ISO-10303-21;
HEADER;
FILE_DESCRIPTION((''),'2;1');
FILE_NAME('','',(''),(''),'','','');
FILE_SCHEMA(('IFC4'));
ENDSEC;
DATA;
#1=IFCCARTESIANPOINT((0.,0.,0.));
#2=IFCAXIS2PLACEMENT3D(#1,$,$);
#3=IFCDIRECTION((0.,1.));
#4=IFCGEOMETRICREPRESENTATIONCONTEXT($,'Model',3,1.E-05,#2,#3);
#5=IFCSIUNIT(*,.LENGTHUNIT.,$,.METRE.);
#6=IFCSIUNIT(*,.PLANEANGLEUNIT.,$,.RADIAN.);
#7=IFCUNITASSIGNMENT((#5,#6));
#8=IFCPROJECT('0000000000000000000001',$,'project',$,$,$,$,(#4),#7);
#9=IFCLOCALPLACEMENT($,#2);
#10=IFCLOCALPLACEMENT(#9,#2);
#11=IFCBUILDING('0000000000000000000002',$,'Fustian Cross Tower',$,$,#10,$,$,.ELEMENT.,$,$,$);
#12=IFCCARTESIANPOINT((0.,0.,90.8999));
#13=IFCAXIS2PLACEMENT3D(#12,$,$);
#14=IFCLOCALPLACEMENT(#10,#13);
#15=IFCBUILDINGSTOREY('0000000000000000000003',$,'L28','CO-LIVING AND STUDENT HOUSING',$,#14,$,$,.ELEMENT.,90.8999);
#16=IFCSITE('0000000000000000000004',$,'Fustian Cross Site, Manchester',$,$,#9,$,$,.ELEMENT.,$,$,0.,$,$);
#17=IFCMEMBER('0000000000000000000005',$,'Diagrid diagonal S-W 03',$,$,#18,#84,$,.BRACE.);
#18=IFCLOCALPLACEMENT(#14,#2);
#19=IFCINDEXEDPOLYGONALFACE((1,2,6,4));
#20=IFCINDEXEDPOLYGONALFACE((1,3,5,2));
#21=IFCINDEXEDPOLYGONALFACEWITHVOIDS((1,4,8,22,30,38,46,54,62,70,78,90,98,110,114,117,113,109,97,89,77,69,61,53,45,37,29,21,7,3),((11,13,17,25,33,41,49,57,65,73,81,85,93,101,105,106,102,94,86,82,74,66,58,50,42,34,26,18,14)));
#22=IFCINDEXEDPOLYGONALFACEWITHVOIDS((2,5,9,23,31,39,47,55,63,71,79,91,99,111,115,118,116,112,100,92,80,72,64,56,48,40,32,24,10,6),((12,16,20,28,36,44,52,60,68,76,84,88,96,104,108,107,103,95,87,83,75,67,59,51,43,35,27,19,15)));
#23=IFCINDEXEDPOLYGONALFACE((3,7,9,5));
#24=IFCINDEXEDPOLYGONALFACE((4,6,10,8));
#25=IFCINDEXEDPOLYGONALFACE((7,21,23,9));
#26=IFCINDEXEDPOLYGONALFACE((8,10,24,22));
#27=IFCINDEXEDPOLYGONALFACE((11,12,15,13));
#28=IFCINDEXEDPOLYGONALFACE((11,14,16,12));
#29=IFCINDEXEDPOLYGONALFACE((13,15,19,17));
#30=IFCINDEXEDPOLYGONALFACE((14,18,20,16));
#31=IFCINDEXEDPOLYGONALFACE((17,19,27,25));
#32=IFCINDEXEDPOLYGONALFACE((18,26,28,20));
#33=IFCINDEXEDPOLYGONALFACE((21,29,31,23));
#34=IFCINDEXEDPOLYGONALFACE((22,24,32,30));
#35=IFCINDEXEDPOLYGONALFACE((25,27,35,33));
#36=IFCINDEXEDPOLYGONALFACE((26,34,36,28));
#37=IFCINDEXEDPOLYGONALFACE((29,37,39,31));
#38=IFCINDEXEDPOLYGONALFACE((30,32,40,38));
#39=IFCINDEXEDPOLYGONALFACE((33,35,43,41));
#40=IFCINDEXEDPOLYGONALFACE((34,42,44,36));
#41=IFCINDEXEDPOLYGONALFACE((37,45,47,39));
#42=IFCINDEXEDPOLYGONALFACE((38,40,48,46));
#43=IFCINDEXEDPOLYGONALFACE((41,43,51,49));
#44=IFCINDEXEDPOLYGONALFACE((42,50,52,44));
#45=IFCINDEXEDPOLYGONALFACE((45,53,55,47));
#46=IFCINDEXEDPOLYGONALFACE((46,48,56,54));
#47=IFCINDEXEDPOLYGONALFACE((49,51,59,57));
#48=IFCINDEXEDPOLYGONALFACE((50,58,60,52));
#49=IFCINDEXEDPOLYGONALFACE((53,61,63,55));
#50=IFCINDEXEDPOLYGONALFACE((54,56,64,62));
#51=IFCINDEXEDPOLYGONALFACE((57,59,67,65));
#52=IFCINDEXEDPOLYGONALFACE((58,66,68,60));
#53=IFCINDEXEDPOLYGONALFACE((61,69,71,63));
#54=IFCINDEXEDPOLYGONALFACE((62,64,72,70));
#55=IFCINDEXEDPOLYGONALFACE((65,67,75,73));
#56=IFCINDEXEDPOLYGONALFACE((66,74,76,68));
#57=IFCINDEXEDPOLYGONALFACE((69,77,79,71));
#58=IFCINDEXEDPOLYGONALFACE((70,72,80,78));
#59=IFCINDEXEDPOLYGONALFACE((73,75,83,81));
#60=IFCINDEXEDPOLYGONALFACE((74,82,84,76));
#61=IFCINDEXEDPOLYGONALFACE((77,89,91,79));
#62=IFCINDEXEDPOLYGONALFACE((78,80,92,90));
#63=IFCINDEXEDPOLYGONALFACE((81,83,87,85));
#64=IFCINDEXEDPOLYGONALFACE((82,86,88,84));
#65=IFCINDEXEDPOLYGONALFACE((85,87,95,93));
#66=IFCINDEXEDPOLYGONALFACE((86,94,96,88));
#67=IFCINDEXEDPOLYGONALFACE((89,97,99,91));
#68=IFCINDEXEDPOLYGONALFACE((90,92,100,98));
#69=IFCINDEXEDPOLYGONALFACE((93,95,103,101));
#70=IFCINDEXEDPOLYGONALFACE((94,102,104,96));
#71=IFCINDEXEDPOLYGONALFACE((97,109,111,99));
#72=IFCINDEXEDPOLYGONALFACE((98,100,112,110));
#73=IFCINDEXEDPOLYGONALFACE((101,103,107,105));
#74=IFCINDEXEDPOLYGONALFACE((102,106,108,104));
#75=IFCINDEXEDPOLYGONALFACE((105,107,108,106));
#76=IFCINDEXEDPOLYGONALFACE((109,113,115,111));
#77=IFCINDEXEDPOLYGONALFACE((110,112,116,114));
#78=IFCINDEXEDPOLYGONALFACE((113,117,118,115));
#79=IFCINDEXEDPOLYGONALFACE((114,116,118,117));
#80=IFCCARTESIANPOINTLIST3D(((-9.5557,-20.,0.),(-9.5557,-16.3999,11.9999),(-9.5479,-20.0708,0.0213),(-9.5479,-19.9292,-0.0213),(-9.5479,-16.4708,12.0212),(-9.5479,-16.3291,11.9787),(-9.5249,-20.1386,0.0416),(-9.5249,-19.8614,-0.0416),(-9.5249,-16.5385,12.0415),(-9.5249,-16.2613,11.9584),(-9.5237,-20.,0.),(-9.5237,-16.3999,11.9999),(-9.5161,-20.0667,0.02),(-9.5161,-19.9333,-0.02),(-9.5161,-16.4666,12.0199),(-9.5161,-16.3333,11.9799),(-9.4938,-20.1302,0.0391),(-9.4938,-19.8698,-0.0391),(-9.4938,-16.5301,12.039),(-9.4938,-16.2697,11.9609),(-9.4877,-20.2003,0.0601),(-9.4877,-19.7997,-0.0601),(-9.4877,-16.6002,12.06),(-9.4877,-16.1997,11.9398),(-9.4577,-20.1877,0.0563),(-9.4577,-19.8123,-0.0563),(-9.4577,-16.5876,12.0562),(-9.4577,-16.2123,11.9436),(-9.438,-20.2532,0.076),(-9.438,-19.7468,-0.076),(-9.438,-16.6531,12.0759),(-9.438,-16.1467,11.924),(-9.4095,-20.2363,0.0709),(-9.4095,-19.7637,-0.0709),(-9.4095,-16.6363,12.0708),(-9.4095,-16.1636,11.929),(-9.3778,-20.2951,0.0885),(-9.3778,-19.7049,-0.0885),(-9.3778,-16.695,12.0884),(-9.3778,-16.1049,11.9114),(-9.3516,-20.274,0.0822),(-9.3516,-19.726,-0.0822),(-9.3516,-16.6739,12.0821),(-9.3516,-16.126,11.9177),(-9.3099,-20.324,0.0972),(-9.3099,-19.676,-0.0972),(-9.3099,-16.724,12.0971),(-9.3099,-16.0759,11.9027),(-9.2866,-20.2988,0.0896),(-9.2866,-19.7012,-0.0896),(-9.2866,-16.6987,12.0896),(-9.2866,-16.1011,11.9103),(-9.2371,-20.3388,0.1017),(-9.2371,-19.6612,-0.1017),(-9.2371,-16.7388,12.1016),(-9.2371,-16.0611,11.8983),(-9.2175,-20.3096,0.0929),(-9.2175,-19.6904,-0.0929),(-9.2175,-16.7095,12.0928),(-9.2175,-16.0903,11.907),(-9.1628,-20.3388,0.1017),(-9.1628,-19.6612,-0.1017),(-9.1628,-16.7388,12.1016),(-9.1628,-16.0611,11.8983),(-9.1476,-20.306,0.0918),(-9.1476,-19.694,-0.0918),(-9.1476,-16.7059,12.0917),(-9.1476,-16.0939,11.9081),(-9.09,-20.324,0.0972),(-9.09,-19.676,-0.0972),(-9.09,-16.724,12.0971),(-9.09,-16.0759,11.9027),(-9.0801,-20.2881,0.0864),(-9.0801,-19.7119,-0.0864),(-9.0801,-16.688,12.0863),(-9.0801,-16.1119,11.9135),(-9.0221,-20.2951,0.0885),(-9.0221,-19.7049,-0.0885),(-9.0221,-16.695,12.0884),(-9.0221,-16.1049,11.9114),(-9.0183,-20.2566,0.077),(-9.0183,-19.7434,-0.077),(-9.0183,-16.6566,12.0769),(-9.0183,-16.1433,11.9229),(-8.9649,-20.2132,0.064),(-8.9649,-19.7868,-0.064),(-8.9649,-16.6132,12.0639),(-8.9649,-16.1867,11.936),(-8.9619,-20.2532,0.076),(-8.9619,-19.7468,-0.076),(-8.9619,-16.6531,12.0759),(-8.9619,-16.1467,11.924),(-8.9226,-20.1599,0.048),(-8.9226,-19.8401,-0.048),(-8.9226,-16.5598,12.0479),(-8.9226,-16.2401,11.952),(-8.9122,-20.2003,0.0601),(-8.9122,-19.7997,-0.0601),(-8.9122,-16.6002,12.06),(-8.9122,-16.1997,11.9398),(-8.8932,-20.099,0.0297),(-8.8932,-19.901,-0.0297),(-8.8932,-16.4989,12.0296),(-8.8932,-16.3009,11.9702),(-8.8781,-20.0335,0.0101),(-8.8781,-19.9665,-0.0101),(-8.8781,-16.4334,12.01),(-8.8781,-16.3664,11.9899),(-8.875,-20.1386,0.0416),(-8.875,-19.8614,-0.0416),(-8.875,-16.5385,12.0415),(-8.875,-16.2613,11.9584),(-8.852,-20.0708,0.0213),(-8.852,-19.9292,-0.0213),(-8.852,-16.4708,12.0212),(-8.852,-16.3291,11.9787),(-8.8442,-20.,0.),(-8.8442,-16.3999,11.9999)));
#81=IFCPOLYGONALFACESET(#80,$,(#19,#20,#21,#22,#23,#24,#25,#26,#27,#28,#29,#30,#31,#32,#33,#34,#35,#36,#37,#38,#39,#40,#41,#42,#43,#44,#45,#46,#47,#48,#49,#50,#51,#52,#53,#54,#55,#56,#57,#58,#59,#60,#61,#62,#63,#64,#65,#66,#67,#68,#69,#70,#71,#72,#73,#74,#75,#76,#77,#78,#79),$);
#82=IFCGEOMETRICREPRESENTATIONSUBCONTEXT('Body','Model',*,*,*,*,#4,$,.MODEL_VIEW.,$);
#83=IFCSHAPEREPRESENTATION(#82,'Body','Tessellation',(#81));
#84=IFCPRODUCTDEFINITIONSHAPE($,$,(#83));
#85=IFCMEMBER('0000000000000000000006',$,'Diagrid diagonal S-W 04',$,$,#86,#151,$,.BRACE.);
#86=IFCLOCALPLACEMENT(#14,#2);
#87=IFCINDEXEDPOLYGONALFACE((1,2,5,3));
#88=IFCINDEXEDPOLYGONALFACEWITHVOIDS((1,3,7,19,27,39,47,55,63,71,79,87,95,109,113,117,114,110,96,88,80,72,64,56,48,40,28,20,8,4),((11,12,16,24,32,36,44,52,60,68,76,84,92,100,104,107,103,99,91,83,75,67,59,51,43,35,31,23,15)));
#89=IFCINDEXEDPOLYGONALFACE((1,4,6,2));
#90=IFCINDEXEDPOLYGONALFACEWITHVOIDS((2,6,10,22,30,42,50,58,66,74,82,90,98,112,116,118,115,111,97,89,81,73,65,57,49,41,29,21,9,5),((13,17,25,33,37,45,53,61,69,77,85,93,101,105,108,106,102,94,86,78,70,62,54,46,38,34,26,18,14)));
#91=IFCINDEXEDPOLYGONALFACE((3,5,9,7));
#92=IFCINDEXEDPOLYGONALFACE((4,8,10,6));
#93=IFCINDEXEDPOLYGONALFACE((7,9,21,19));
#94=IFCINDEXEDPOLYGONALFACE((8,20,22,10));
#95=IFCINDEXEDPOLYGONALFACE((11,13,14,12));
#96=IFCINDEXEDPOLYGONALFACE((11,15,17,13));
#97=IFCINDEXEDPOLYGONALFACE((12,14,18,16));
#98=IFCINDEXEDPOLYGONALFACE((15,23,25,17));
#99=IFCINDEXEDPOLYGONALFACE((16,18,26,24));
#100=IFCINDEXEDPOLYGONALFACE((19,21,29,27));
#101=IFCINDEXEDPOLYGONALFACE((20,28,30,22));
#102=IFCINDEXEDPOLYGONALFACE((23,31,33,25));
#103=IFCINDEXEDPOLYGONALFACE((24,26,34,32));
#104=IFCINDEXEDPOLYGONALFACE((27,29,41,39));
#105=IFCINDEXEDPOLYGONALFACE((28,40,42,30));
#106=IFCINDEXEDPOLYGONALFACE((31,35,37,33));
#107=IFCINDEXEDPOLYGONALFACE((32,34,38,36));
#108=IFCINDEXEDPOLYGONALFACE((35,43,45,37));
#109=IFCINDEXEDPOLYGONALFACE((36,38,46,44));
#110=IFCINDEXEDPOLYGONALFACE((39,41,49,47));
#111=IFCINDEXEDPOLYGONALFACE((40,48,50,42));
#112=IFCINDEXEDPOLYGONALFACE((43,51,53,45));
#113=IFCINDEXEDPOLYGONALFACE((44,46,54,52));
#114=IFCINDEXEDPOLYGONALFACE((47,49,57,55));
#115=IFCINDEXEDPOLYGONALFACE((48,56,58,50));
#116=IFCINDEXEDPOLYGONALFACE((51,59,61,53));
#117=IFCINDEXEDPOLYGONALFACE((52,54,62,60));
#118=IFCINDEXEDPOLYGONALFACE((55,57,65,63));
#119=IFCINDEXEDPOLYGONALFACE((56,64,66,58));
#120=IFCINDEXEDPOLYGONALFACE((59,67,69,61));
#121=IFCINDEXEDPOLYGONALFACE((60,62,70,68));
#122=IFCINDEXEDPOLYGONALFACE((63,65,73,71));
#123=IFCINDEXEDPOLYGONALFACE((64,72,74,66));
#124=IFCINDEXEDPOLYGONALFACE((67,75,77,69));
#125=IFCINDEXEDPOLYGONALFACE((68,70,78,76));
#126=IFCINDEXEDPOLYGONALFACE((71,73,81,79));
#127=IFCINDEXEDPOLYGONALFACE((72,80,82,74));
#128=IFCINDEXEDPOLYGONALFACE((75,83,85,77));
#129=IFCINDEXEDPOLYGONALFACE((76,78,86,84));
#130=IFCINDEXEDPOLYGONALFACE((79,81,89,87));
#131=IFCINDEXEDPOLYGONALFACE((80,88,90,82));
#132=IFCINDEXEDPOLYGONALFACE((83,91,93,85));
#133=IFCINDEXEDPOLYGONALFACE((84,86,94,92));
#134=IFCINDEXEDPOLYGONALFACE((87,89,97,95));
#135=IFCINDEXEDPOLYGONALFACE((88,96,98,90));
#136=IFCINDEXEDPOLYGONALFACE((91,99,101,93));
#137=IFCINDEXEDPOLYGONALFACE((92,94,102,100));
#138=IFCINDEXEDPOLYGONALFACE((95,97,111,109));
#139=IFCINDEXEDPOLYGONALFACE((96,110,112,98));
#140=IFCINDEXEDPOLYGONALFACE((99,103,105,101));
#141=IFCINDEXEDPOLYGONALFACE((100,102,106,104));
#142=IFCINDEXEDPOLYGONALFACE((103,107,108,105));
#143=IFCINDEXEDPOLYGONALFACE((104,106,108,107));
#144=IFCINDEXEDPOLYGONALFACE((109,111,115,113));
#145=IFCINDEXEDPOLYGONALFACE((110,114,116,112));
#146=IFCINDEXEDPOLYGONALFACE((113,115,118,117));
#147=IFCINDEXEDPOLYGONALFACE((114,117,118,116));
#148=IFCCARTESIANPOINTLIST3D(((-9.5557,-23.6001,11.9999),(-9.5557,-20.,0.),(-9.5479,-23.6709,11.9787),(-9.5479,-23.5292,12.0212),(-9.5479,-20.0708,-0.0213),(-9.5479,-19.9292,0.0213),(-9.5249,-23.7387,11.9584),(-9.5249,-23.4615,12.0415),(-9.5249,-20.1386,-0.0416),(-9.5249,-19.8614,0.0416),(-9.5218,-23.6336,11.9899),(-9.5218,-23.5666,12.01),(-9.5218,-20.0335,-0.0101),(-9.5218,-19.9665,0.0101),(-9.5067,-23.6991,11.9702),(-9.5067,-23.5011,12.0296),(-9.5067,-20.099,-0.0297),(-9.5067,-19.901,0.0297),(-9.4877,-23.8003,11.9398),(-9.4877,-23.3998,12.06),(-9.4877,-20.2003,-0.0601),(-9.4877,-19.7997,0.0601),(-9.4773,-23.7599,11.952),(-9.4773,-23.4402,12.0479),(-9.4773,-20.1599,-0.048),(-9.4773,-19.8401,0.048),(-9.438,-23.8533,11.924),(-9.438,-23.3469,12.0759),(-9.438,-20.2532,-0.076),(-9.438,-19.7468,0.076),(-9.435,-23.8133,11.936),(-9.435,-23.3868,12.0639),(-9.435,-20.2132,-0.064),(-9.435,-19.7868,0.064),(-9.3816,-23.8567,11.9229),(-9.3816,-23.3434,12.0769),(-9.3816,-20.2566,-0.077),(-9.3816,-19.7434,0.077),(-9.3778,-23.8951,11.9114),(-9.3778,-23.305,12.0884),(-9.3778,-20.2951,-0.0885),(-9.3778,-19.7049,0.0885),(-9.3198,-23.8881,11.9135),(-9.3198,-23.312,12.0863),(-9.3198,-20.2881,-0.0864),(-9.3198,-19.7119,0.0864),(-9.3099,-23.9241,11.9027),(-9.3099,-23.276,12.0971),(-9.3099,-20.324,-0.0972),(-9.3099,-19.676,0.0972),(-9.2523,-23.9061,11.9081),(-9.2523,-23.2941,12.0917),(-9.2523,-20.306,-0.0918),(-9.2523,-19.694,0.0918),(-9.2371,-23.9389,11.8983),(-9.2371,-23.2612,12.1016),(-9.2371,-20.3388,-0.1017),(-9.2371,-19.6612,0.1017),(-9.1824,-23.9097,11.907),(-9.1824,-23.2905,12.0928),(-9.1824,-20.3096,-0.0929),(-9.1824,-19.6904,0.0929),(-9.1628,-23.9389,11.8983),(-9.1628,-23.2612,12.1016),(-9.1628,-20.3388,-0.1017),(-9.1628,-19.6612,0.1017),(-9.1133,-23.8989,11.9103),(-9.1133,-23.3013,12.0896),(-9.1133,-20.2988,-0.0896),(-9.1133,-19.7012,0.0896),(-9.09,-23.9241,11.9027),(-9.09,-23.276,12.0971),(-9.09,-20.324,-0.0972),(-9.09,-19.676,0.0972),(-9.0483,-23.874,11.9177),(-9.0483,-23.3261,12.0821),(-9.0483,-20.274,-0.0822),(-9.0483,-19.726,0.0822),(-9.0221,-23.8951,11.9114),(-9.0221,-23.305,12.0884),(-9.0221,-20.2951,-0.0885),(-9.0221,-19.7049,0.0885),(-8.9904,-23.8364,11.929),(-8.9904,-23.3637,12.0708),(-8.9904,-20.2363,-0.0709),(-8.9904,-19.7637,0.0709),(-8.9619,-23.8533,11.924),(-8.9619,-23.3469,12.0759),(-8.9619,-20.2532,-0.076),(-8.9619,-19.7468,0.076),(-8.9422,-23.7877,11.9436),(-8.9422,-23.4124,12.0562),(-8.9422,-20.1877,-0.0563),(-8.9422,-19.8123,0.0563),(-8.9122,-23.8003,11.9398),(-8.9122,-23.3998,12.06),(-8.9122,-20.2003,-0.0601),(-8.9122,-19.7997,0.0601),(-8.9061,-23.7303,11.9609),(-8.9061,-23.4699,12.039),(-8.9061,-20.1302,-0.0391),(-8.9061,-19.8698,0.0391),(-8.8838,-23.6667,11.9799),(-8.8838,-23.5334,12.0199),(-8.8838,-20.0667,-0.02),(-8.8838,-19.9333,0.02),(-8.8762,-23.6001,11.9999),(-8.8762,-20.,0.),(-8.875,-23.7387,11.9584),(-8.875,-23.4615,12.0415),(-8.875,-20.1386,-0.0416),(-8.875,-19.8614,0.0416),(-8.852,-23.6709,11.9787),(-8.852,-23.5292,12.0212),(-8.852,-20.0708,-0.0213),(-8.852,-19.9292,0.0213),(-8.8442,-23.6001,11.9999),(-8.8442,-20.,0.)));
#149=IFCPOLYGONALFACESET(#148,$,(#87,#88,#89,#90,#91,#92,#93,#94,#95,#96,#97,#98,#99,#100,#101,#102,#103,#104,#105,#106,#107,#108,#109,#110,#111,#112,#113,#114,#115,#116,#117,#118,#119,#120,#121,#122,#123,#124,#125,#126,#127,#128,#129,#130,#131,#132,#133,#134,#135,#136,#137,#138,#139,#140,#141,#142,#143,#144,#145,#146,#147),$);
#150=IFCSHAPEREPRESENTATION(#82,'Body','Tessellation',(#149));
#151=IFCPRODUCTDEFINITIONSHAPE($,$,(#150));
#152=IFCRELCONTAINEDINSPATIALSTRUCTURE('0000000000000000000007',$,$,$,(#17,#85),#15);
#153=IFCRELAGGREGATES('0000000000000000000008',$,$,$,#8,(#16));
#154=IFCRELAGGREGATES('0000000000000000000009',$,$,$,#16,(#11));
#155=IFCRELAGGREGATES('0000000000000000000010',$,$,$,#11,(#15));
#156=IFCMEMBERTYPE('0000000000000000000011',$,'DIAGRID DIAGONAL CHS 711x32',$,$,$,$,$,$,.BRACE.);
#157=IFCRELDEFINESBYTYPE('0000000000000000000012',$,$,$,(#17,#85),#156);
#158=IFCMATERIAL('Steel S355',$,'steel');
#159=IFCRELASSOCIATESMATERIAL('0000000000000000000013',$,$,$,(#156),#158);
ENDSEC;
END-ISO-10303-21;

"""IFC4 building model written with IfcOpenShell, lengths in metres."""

from ifc_helpers import new_model, si_unit, direction, frame, origin, origin_2d, place, context, subcontext, project, spatial, hollow_circle, extrude, material, material_profile, profile_set, type_object, element, save


model = new_model("IFC4")

# Units and contexts
model_context = context("Model", 3, precision=1e-05, world=origin(), true_north=direction((0.0, 1.0)))
body_context = subcontext(model_context, "Body", "Model", "MODEL_VIEW")
ifc_project = project(units=[si_unit("LENGTHUNIT", "METRE"), si_unit("PLANEANGLEUNIT", "RADIAN")], contexts=[model_context])

# Site, building, storey
site_placement = place(None, origin())
site = spatial("IfcSite", under=ifc_project, at=site_placement, Name="Fustian Cross Site, Manchester", CompositionType="ELEMENT", RefElevation=0.0)
building_placement = place(site_placement, origin())
building = spatial("IfcBuilding", under=site, at=building_placement, Name="Fustian Cross Tower", CompositionType="ELEMENT")
storey_placement = place(building_placement, frame((0.0, 0.0, 90.8999)))
storey = spatial("IfcBuildingStorey", under=building, at=storey_placement, Name="L28", Description="CO-LIVING AND STUDENT HOUSING", CompositionType="ELEMENT", Elevation=90.8999)

# Members
ifc_material_1 = material(Name="Steel S355", Category="steel")
ifc_material_profile_1 = material_profile(ifc_material_1, hollow_circle(Radius=0.3557, WallThickness=0.032, at=origin_2d()), Name="CHS 711x32")
ifc_profile_set_1 = profile_set([ifc_material_profile_1], Name="Steel S355")
member_type_1 = type_object("IfcMemberType", Name="DIAGRID DIAGONAL CHS 711x32", PredefinedType="BRACE", material=ifc_profile_set_1)
for number, where, z_axis, x_axis, name in (
    (1, (-9.2, -20.0, 0.0), (0.0, 0.287355, 0.957824), (-1.0, 0.0, 0.0), "Diagrid diagonal S-W 03"),
    (2, (-9.2, -20.0, 0.0), (0.0, -0.287355, 0.957824), (1.0, 0.0, 0.0), "Diagrid diagonal S-W 04"),
):
    element("IfcMember", number, at=place(storey_placement, frame(where, z_axis=z_axis, x_axis=x_axis)), inside=storey, type_object=member_type_1, Name=name, PredefinedType="BRACE", context=body_context, shape_type="SweptSolid", body=[
        extrude(hollow_circle(Radius=0.3557, WallThickness=0.032, at=origin_2d()), origin(), (0.0, 0.0, 1.0), 12.5283),
    ])

save(model, "model.ifc")
